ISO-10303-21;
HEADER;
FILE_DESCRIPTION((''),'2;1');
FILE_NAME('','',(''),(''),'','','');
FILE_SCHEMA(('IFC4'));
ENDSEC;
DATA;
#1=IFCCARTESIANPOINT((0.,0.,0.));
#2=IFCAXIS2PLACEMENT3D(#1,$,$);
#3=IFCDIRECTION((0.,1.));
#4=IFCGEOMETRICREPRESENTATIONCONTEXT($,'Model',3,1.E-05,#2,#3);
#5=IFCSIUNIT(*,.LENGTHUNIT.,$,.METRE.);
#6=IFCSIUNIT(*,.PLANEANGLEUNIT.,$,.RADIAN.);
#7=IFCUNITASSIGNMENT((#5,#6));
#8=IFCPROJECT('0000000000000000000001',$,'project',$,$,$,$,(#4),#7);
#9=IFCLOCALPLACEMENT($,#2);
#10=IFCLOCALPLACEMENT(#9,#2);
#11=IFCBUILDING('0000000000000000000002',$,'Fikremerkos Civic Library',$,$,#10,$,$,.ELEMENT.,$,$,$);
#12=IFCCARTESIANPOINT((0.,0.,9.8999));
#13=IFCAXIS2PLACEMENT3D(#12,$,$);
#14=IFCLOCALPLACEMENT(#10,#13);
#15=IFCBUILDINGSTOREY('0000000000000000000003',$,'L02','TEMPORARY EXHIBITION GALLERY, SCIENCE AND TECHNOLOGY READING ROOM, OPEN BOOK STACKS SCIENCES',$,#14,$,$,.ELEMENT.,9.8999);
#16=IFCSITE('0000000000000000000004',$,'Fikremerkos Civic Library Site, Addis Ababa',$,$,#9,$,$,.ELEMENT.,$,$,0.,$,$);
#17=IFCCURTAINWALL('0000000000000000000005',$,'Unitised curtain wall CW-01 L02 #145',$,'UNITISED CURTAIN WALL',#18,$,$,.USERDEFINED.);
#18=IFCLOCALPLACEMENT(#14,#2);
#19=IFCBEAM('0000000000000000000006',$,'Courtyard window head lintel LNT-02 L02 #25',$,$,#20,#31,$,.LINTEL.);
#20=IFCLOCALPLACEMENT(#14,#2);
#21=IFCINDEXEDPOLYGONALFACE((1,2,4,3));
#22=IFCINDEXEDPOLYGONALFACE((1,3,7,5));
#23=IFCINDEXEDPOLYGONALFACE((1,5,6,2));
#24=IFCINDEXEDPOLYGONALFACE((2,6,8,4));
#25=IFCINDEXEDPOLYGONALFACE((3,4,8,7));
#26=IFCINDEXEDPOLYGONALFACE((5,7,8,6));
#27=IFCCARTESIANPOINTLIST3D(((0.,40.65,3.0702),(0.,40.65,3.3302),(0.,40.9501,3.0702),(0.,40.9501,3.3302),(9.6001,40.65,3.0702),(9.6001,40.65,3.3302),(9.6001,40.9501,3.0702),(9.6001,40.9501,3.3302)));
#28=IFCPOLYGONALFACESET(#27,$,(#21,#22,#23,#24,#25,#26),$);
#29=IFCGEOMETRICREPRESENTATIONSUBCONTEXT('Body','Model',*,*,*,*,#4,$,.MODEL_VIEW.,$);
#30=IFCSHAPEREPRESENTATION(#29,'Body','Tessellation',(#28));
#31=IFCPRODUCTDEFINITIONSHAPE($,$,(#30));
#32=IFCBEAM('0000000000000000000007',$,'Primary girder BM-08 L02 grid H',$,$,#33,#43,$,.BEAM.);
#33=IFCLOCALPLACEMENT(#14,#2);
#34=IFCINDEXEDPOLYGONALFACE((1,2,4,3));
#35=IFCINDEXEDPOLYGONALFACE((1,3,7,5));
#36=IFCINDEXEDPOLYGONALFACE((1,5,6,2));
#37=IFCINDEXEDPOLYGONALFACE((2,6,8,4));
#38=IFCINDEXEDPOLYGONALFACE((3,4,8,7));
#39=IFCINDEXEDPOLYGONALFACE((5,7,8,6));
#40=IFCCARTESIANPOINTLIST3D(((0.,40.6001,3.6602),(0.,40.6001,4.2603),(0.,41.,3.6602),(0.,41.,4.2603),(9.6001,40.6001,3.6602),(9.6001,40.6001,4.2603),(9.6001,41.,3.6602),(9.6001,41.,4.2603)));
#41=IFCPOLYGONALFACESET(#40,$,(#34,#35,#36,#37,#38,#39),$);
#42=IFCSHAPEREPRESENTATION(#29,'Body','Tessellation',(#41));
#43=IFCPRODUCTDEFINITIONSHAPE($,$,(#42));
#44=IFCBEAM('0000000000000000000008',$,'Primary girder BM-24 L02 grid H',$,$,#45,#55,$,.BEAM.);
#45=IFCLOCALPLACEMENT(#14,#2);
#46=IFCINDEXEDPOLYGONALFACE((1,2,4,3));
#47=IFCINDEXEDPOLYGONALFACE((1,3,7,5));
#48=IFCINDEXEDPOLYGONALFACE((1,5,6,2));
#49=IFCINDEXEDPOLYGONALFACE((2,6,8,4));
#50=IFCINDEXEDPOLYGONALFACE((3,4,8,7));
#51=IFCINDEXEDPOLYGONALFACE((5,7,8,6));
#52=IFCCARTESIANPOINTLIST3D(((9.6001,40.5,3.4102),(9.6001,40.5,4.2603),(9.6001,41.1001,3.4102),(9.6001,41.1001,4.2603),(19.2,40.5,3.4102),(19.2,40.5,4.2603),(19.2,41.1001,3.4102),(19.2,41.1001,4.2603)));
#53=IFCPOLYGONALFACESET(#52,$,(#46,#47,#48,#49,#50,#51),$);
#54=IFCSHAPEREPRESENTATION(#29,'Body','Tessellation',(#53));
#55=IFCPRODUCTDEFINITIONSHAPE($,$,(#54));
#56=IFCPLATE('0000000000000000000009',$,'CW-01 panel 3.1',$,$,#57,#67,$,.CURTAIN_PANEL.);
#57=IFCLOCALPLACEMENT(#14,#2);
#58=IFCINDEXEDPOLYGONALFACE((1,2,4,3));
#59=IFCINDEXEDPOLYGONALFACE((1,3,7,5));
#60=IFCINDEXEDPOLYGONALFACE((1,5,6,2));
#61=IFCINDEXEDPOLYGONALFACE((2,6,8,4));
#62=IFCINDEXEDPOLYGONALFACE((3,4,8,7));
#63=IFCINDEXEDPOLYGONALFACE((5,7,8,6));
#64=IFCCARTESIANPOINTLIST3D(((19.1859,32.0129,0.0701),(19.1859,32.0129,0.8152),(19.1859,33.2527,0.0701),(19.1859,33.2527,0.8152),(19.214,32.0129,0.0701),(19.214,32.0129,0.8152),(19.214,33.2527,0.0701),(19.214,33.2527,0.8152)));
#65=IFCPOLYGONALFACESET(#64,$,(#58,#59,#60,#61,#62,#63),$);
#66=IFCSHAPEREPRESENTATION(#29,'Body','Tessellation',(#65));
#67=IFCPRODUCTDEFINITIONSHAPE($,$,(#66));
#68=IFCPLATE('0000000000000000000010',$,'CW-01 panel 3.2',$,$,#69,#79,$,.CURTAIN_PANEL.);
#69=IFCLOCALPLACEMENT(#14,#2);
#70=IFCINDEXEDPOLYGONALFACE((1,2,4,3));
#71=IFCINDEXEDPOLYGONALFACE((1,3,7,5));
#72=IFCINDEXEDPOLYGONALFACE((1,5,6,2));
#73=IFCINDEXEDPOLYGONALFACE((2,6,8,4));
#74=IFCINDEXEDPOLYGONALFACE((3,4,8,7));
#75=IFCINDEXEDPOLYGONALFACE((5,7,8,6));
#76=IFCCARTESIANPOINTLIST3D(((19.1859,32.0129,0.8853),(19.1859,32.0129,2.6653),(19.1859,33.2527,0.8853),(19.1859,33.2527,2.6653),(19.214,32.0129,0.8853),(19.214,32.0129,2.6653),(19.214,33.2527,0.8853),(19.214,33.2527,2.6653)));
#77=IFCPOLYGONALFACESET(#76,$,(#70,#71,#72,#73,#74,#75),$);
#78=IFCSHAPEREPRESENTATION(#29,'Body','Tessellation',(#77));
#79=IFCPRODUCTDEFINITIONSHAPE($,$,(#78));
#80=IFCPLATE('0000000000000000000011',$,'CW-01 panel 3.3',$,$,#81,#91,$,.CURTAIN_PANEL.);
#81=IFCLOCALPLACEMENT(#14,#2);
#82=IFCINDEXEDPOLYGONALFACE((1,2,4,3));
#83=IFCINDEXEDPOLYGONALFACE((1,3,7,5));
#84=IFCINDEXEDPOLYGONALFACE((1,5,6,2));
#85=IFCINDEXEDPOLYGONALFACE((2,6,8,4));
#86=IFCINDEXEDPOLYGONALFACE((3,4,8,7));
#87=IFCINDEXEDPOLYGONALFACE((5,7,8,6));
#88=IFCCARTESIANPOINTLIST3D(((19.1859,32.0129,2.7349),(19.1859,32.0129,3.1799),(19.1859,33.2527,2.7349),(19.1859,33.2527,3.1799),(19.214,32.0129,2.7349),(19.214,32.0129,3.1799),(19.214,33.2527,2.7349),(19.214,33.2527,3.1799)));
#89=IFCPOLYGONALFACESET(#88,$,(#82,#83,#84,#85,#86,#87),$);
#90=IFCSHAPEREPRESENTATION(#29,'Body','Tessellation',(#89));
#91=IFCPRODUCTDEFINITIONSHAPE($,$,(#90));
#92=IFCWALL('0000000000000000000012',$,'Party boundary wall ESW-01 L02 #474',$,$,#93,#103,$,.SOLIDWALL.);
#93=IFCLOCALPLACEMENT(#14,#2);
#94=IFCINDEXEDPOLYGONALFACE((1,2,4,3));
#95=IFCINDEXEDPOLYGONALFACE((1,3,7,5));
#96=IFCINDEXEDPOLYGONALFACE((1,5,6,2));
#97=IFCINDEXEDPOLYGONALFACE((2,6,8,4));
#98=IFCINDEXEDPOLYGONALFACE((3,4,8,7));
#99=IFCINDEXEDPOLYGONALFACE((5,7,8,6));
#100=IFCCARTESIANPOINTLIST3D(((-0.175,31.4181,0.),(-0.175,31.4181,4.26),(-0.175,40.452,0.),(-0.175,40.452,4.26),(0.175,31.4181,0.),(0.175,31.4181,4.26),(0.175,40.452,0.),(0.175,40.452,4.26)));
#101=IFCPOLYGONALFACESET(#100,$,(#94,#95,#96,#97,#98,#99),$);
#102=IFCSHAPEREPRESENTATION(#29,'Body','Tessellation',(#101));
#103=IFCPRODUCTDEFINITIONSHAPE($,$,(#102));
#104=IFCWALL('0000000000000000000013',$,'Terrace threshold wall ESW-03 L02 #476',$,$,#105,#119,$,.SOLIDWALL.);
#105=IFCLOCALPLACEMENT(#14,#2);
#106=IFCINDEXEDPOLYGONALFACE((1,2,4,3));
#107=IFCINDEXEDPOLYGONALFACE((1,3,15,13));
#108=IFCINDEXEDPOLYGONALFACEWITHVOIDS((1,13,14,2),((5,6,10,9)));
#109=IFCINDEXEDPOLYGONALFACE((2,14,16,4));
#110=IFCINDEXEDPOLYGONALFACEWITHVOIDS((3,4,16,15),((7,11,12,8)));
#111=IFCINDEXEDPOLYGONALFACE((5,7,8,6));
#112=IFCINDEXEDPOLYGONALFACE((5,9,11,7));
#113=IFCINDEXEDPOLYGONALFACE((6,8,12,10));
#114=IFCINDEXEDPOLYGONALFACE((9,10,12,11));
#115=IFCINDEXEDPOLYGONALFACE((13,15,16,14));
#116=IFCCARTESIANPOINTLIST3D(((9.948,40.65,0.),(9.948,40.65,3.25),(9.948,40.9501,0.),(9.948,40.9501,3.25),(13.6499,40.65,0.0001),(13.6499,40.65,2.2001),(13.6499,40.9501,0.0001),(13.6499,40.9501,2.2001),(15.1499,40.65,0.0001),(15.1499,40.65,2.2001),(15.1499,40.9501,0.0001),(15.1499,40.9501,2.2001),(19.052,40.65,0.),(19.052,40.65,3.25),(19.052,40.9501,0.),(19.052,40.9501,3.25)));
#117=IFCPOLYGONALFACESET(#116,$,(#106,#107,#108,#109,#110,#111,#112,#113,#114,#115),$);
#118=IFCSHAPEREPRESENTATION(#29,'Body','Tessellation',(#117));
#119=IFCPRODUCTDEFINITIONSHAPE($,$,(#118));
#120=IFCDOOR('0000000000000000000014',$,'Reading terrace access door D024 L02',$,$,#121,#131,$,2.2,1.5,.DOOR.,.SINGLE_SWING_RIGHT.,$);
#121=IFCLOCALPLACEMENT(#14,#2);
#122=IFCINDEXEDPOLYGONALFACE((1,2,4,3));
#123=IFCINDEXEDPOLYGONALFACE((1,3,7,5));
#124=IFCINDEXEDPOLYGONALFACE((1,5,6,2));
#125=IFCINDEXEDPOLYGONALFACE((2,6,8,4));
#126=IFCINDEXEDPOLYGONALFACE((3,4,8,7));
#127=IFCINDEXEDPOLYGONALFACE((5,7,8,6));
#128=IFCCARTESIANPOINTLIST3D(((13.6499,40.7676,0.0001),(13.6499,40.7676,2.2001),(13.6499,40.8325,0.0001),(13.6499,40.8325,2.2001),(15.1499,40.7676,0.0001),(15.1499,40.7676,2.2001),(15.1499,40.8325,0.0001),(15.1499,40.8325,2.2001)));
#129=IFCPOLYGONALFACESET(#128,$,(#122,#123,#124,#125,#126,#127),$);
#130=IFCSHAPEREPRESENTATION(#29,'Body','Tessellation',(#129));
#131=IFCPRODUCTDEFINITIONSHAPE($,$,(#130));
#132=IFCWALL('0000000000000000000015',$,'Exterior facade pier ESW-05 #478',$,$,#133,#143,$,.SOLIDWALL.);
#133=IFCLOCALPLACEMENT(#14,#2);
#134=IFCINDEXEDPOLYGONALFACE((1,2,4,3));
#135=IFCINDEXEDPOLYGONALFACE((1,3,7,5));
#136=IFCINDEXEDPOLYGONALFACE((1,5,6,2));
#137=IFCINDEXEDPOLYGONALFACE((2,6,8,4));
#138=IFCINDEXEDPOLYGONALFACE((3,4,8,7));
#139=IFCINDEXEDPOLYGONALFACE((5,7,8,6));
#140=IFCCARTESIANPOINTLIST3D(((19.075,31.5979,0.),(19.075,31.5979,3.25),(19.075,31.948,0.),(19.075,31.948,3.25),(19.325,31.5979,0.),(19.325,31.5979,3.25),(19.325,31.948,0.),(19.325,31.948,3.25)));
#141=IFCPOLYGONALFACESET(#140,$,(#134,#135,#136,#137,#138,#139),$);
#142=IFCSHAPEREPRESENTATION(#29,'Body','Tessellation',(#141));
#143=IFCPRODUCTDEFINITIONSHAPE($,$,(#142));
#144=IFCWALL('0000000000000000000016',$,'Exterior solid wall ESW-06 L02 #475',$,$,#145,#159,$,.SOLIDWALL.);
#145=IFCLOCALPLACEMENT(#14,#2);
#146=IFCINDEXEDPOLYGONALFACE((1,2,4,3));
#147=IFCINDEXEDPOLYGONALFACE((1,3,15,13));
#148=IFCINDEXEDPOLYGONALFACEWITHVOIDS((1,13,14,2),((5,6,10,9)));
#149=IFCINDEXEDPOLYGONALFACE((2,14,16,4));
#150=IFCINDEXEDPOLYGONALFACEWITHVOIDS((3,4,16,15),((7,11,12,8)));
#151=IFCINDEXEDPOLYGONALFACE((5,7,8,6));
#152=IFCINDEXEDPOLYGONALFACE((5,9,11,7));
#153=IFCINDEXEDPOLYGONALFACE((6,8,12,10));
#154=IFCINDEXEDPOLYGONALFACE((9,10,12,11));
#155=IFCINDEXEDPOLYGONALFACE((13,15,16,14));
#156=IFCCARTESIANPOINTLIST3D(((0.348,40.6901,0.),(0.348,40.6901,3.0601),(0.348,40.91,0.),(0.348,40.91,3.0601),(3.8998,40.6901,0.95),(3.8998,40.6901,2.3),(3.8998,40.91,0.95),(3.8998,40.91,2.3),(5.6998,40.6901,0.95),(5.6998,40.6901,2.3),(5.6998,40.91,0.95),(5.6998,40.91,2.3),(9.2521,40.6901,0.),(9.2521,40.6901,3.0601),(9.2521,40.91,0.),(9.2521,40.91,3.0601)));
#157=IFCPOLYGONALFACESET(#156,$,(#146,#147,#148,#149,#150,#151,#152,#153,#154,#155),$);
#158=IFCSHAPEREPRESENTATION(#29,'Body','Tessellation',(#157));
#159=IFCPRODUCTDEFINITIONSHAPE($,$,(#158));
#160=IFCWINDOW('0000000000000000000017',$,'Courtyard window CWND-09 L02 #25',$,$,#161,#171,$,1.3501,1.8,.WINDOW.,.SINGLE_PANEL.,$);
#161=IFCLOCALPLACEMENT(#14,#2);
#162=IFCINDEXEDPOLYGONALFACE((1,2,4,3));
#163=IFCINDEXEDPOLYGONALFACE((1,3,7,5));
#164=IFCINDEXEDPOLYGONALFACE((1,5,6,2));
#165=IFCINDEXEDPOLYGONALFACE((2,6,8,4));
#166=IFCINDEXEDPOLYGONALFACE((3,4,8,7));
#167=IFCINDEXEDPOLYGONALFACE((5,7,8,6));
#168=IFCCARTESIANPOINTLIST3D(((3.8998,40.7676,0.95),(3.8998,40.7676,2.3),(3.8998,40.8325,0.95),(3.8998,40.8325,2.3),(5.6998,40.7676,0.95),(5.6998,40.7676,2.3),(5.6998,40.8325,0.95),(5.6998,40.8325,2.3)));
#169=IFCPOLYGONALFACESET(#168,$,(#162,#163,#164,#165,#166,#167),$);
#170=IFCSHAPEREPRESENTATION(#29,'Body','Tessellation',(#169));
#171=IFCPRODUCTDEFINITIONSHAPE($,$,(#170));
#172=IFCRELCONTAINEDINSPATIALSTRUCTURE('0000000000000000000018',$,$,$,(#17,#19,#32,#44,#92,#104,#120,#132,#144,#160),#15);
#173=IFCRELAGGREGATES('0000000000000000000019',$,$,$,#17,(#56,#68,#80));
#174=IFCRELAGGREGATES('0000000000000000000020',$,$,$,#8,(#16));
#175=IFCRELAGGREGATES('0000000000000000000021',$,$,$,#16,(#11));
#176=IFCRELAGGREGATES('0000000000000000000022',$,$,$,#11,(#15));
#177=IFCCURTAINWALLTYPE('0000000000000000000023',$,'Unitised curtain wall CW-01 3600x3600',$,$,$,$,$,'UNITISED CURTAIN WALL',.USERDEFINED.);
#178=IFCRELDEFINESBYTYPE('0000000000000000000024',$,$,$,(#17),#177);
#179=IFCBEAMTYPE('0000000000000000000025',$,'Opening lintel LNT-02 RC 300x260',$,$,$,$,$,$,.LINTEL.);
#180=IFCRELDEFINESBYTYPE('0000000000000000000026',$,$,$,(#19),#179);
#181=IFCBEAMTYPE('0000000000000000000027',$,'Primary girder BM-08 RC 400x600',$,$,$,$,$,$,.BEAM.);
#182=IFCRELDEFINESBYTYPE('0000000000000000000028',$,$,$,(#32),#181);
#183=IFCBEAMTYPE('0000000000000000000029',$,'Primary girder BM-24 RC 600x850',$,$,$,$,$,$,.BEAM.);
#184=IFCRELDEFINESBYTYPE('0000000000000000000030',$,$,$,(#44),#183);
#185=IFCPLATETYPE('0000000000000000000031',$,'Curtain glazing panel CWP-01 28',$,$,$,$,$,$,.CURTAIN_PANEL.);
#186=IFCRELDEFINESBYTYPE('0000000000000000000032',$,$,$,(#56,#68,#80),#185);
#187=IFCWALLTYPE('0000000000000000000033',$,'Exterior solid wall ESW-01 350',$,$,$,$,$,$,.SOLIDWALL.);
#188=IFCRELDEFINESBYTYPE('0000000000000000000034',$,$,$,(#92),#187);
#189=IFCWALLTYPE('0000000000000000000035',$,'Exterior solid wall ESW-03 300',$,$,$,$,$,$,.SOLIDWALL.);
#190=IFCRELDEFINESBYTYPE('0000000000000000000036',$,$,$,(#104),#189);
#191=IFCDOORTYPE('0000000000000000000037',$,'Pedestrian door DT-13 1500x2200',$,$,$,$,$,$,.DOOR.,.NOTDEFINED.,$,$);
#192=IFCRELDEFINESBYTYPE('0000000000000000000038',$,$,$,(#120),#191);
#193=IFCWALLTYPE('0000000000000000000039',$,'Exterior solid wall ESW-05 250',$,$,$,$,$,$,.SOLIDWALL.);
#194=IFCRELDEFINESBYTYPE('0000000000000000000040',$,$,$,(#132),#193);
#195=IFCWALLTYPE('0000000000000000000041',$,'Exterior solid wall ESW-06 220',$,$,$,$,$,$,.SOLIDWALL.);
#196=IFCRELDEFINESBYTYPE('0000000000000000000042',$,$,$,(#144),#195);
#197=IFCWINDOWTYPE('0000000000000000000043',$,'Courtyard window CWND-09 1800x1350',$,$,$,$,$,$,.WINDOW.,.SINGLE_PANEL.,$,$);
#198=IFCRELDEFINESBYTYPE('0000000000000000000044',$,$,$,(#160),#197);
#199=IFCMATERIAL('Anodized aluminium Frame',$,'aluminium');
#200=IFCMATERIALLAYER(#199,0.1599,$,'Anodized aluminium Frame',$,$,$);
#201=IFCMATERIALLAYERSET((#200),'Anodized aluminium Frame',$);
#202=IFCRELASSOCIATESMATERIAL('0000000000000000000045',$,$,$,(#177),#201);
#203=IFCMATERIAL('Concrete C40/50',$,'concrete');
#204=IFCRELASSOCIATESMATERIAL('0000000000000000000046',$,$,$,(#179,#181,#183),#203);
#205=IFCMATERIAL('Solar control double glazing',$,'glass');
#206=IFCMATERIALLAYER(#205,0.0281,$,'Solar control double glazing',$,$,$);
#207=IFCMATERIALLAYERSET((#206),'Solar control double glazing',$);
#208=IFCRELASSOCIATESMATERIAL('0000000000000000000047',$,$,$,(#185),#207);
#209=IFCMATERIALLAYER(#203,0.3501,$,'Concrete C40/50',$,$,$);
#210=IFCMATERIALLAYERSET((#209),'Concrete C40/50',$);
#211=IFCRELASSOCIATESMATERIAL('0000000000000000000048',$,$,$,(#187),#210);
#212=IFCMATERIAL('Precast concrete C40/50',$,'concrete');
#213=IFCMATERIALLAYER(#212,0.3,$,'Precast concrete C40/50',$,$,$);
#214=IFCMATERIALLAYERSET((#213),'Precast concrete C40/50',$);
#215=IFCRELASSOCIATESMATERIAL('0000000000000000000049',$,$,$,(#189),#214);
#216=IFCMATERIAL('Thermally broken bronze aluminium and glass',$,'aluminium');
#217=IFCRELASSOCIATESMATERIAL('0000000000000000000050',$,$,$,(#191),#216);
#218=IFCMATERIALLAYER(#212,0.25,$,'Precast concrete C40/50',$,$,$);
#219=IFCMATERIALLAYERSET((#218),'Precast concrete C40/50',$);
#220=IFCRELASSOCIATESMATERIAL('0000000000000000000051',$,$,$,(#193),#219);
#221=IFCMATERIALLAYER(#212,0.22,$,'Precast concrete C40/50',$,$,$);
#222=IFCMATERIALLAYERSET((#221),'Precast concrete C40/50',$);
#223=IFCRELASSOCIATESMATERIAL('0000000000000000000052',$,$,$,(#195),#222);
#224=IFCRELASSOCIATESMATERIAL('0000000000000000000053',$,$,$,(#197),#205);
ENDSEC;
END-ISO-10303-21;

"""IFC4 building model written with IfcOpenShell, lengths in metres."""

from ifc_helpers import new_model, si_unit, direction, frame, frame_2d, origin, origin_2d, place, context, subcontext, project, spatial, rectangle, extrude, material, layer, layer_set, material_profile, profile_set, type_object, element, fill, aggregate, save


model = new_model("IFC4")

# Units and contexts
model_context = context("Model", 3, precision=1e-05, world=origin(), true_north=direction((0.0, 1.0)))
body_context = subcontext(model_context, "Body", "Model", "MODEL_VIEW")
ifc_project = project(units=[si_unit("LENGTHUNIT", "METRE"), si_unit("PLANEANGLEUNIT", "RADIAN")], contexts=[model_context])

# Site, building, storey
site_placement = place(None, origin())
site = spatial("IfcSite", under=ifc_project, at=site_placement, Name="Fikremerkos Civic Library Site, Addis Ababa", CompositionType="ELEMENT", RefElevation=0.0)
building_placement = place(site_placement, origin())
building = spatial("IfcBuilding", under=site, at=building_placement, Name="Fikremerkos Civic Library", CompositionType="ELEMENT")
storey_placement = place(building_placement, frame((0.0, 0.0, 9.8999)))
storey = spatial("IfcBuildingStorey", under=building, at=storey_placement, Name="L02", Description="TEMPORARY EXHIBITION GALLERY, SCIENCE AND TECHNOLOGY READING ROOM, OPEN BOOK STACKS SCIENCES", CompositionType="ELEMENT", Elevation=9.8999)

# Shared definitions
ifc_material_1 = material(Name="Concrete C40/50", Category="concrete")

# Curtain wall
ifc_material_2 = material(Name="Anodized aluminium Frame", Category="aluminium")
ifc_layer_1 = layer(ifc_material_2, 0.1599, Name="Anodized aluminium Frame")
ifc_layer_set_1 = layer_set([ifc_layer_1], Name="Anodized aluminium Frame")
curtain_wall_type = type_object("IfcCurtainWallType", Name="Unitised curtain wall CW-01 3600x3600", ElementType="UNITISED CURTAIN WALL", PredefinedType="USERDEFINED", material=ifc_layer_set_1)
curtain_wall_placement = place(storey_placement, origin())
curtain_wall = element("IfcCurtainWall", 1, at=curtain_wall_placement, inside=storey, type_object=curtain_wall_type, Name="Unitised curtain wall CW-01 L02 #145", ObjectType="UNITISED CURTAIN WALL", PredefinedType="USERDEFINED")

# Beams
ifc_material_profile_1 = material_profile(ifc_material_1, rectangle(XDim=0.3, YDim=0.26, at=origin_2d()), Name="RC 300x260")
ifc_profile_set_1 = profile_set([ifc_material_profile_1], Name="Concrete C40/50")
beam_type_1 = type_object("IfcBeamType", Name="Opening lintel LNT-02 RC 300x260", PredefinedType="LINTEL", material=ifc_profile_set_1)
beam_1_placement = place(storey_placement, frame((0.0, 40.8, 3.2002), z_axis=(1.0, 0.0, 0.0), x_axis=(0.0, 1.0, 0.0)))
element("IfcBeam", 2, at=beam_1_placement, inside=storey, type_object=beam_type_1, Name="Courtyard window head lintel LNT-02 L02 #25", PredefinedType="LINTEL", context=body_context, shape_type="SweptSolid", body=[
    extrude(rectangle(XDim=0.3, YDim=0.26, at=origin_2d()), origin(), (0.0, 0.0, 1.0), 9.6001),
])
ifc_material_profile_2 = material_profile(ifc_material_1, rectangle(XDim=0.3999, YDim=0.6001, at=origin_2d()), Name="RC 400x600")
ifc_profile_set_2 = profile_set([ifc_material_profile_2], Name="Concrete C40/50")
beam_type_2 = type_object("IfcBeamType", Name="Primary girder BM-08 RC 400x600", PredefinedType="BEAM", material=ifc_profile_set_2)
beam_2_placement = place(storey_placement, frame((0.0, 40.8, 3.9602), z_axis=(1.0, 0.0, 0.0), x_axis=(0.0, 1.0, 0.0)))
element("IfcBeam", 3, at=beam_2_placement, inside=storey, type_object=beam_type_2, Name="Primary girder BM-08 L02 grid H", PredefinedType="BEAM", context=body_context, shape_type="SweptSolid", body=[
    extrude(rectangle(XDim=0.3999, YDim=0.6001, at=origin_2d()), origin(), (0.0, 0.0, 1.0), 9.6001),
])
ifc_material_profile_3 = material_profile(ifc_material_1, rectangle(XDim=0.6001, YDim=0.8501, at=origin_2d()), Name="RC 600x850")
ifc_profile_set_3 = profile_set([ifc_material_profile_3], Name="Concrete C40/50")
beam_type_3 = type_object("IfcBeamType", Name="Primary girder BM-24 RC 600x850", PredefinedType="BEAM", material=ifc_profile_set_3)
beam_3_placement = place(storey_placement, frame((9.6001, 40.8, 3.8352), z_axis=(1.0, 0.0, 0.0), x_axis=(0.0, 1.0, 0.0)))
element("IfcBeam", 4, at=beam_3_placement, inside=storey, type_object=beam_type_3, Name="Primary girder BM-24 L02 grid H", PredefinedType="BEAM", context=body_context, shape_type="SweptSolid", body=[
    extrude(rectangle(XDim=0.6001, YDim=0.8501, at=origin_2d()), origin(), (0.0, 0.0, 1.0), 9.5999),
])

# Plates
ifc_material_3 = material(Name="Solar control double glazing", Category="glass")
ifc_layer_2 = layer(ifc_material_3, 0.0281, Name="Solar control double glazing")
ifc_layer_set_2 = layer_set([ifc_layer_2], Name="Solar control double glazing")
plate_type = type_object("IfcPlateType", Name="Curtain glazing panel CWP-01 28", PredefinedType="CURTAIN_PANEL", material=ifc_layer_set_2)
plate_1_placement = place(storey_placement, frame((19.2, 32.6328, 0.0701), z_axis=(0.0, 0.0, 1.0), x_axis=(0.0, -1.0, 0.0)))
plate_1 = element("IfcPlate", 5, at=plate_1_placement, type_object=plate_type, Name="CW-01 panel 3.1", PredefinedType="CURTAIN_PANEL", context=body_context, shape_type="SweptSolid", body=[
    extrude(rectangle(XDim=1.2397, YDim=0.0281, at=origin_2d()), origin(), (0.0, 0.0, 1.0), 0.7451),
])
plate_2_placement = place(storey_placement, frame((19.2, 32.6328, 0.8853), z_axis=(0.0, 0.0, 1.0), x_axis=(0.0, -1.0, 0.0)))
plate_2 = element("IfcPlate", 6, at=plate_2_placement, type_object=plate_type, Name="CW-01 panel 3.2", PredefinedType="CURTAIN_PANEL", context=body_context, shape_type="SweptSolid", body=[
    extrude(rectangle(XDim=1.2397, YDim=0.0281, at=origin_2d()), origin(), (0.0, 0.0, 1.0), 1.78),
])
plate_3_placement = place(storey_placement, frame((19.2, 32.6328, 2.7349), z_axis=(0.0, 0.0, 1.0), x_axis=(0.0, -1.0, 0.0)))
plate_3 = element("IfcPlate", 7, at=plate_3_placement, type_object=plate_type, Name="CW-01 panel 3.3", PredefinedType="CURTAIN_PANEL", context=body_context, shape_type="SweptSolid", body=[
    extrude(rectangle(XDim=1.2397, YDim=0.0281, at=origin_2d()), origin(), (0.0, 0.0, 1.0), 0.4451),
])
aggregate(curtain_wall, [plate_1, plate_2, plate_3])

# Wall
ifc_layer_3 = layer(ifc_material_1, 0.3501, Name="Concrete C40/50")
ifc_layer_set_3 = layer_set([ifc_layer_3], Name="Concrete C40/50")
wall_type_1 = type_object("IfcWallType", Name="Exterior solid wall ESW-01 350", PredefinedType="SOLIDWALL", material=ifc_layer_set_3)
wall_1_placement = place(storey_placement, frame((0.0, 31.418, 0.0), z_axis=(0.0, 0.0, 1.0), x_axis=(0.0, 1.0, 0.0)))
element("IfcWall", 8, at=wall_1_placement, inside=storey, type_object=wall_type_1, Name="Party boundary wall ESW-01 L02 #474", PredefinedType="SOLIDWALL", context=body_context, shape_type="SweptSolid", body=[
    extrude(rectangle(XDim=9.0339, YDim=0.3501, at=frame_2d((4.5171, 0.0))), origin(), (0.0, 0.0, 1.0), 4.26),
])

# Wall, opening, door
ifc_material_4 = material(Name="Precast concrete C40/50", Category="concrete")
ifc_layer_4 = layer(ifc_material_4, 0.3, Name="Precast concrete C40/50")
ifc_layer_set_4 = layer_set([ifc_layer_4], Name="Precast concrete C40/50")
wall_type_2 = type_object("IfcWallType", Name="Exterior solid wall ESW-03 300", PredefinedType="SOLIDWALL", material=ifc_layer_set_4)
wall_2_placement = place(storey_placement, frame((9.948, 40.8, 0.0), z_axis=(0.0, 0.0, 1.0), x_axis=(1.0, 0.0, 0.0)))
wall_2 = element("IfcWall", 9, at=wall_2_placement, inside=storey, type_object=wall_type_2, Name="Terrace threshold wall ESW-03 L02 #476", PredefinedType="SOLIDWALL", context=body_context, shape_type="SweptSolid", body=[
    extrude(rectangle(XDim=9.104, YDim=0.3, at=frame_2d((4.552, 0.0))), origin(), (0.0, 0.0, 1.0), 3.25),
])
opening_1_placement = place(wall_2_placement, frame((3.7019, 0.0, 0.0)))
opening_1 = element("IfcOpeningElement", 10, at=opening_1_placement, cuts=wall_2, PredefinedType="OPENING", context=body_context, shape_type="SweptSolid", body=[
    extrude(rectangle(XDim=1.5, YDim=2.2, at=frame_2d((0.75, 1.1001))), frame((0.0, 0.1599, 0.0), z_axis=(0.0, -1.0, 0.0), x_axis=(1.0, 0.0, 0.0)), (0.0, 0.0, 1.0), 0.3201),
])
ifc_material_5 = material(Name="Thermally broken bronze aluminium and glass", Category="aluminium")
door_type = type_object("IfcDoorType", Name="Pedestrian door DT-13 1500x2200", OperationType="NOTDEFINED", PredefinedType="DOOR", material=ifc_material_5)
door_placement = place(opening_1_placement, origin())
door = element("IfcDoor", 11, at=door_placement, inside=storey, type_object=door_type, Name="Reading terrace access door D024 L02", OperationType="SINGLE_SWING_RIGHT", OverallHeight=2.2, OverallWidth=1.5, PredefinedType="DOOR", context=body_context, shape_type="SweptSolid", body=[
    extrude(rectangle(XDim=1.5, YDim=2.2, at=frame_2d((0.75, 1.1001))), frame((0.0, 0.0325, 0.0), z_axis=(0.0, -1.0, 0.0), x_axis=(1.0, 0.0, 0.0)), (0.0, 0.0, 1.0), 0.0649),
])
fill(opening_1, door)

# Wall
ifc_layer_5 = layer(ifc_material_4, 0.25, Name="Precast concrete C40/50")
ifc_layer_set_5 = layer_set([ifc_layer_5], Name="Precast concrete C40/50")
wall_type_3 = type_object("IfcWallType", Name="Exterior solid wall ESW-05 250", PredefinedType="SOLIDWALL", material=ifc_layer_set_5)
wall_3_placement = place(storey_placement, frame((19.2, 31.948, 0.0), z_axis=(0.0, 0.0, 1.0), x_axis=(0.0, -1.0, 0.0)))
element("IfcWall", 12, at=wall_3_placement, inside=storey, type_object=wall_type_3, Name="Exterior facade pier ESW-05 #478", PredefinedType="SOLIDWALL", context=body_context, shape_type="SweptSolid", body=[
    extrude(rectangle(XDim=0.3501, YDim=0.25, at=frame_2d((0.175, 0.0))), origin(), (0.0, 0.0, 1.0), 3.25),
])

# Wall, opening, window
ifc_layer_6 = layer(ifc_material_4, 0.22, Name="Precast concrete C40/50")
ifc_layer_set_6 = layer_set([ifc_layer_6], Name="Precast concrete C40/50")
wall_type_4 = type_object("IfcWallType", Name="Exterior solid wall ESW-06 220", PredefinedType="SOLIDWALL", material=ifc_layer_set_6)
wall_4_placement = place(storey_placement, frame((0.3479, 40.8, 0.0), z_axis=(0.0, 0.0, 1.0), x_axis=(1.0, 0.0, 0.0)))
wall_4 = element("IfcWall", 13, at=wall_4_placement, inside=storey, type_object=wall_type_4, Name="Exterior solid wall ESW-06 L02 #475", PredefinedType="SOLIDWALL", context=body_context, shape_type="SweptSolid", body=[
    extrude(rectangle(XDim=8.9041, YDim=0.22, at=frame_2d((4.4521, 0.0))), origin(), (0.0, 0.0, 1.0), 3.0601),
])
opening_2_placement = place(wall_4_placement, frame((3.552, 0.0, 0.95)))
opening_2 = element("IfcOpeningElement", 14, at=opening_2_placement, cuts=wall_4, PredefinedType="OPENING", context=body_context, shape_type="SweptSolid", body=[
    extrude(rectangle(XDim=1.8, YDim=1.3501, at=frame_2d((0.8999, 0.675))), frame((0.0, 0.1199, 0.0), z_axis=(0.0, -1.0, 0.0), x_axis=(1.0, 0.0, 0.0)), (0.0, 0.0, 1.0), 0.24),
])
window_type = type_object("IfcWindowType", Name="Courtyard window CWND-09 1800x1350", PartitioningType="SINGLE_PANEL", PredefinedType="WINDOW", material=ifc_material_3)
window_placement = place(opening_2_placement, origin())
window = element("IfcWindow", 15, at=window_placement, inside=storey, type_object=window_type, Name="Courtyard window CWND-09 L02 #25", OverallHeight=1.3501, OverallWidth=1.8, PartitioningType="SINGLE_PANEL", PredefinedType="WINDOW", context=body_context, shape_type="SweptSolid", body=[
    extrude(rectangle(XDim=1.8, YDim=1.3501, at=frame_2d((0.8999, 0.675))), frame((0.0, 0.0325, 0.0), z_axis=(0.0, -1.0, 0.0), x_axis=(1.0, 0.0, 0.0)), (0.0, 0.0, 1.0), 0.0649),
])
fill(opening_2, window)

save(model, "model.ifc")
